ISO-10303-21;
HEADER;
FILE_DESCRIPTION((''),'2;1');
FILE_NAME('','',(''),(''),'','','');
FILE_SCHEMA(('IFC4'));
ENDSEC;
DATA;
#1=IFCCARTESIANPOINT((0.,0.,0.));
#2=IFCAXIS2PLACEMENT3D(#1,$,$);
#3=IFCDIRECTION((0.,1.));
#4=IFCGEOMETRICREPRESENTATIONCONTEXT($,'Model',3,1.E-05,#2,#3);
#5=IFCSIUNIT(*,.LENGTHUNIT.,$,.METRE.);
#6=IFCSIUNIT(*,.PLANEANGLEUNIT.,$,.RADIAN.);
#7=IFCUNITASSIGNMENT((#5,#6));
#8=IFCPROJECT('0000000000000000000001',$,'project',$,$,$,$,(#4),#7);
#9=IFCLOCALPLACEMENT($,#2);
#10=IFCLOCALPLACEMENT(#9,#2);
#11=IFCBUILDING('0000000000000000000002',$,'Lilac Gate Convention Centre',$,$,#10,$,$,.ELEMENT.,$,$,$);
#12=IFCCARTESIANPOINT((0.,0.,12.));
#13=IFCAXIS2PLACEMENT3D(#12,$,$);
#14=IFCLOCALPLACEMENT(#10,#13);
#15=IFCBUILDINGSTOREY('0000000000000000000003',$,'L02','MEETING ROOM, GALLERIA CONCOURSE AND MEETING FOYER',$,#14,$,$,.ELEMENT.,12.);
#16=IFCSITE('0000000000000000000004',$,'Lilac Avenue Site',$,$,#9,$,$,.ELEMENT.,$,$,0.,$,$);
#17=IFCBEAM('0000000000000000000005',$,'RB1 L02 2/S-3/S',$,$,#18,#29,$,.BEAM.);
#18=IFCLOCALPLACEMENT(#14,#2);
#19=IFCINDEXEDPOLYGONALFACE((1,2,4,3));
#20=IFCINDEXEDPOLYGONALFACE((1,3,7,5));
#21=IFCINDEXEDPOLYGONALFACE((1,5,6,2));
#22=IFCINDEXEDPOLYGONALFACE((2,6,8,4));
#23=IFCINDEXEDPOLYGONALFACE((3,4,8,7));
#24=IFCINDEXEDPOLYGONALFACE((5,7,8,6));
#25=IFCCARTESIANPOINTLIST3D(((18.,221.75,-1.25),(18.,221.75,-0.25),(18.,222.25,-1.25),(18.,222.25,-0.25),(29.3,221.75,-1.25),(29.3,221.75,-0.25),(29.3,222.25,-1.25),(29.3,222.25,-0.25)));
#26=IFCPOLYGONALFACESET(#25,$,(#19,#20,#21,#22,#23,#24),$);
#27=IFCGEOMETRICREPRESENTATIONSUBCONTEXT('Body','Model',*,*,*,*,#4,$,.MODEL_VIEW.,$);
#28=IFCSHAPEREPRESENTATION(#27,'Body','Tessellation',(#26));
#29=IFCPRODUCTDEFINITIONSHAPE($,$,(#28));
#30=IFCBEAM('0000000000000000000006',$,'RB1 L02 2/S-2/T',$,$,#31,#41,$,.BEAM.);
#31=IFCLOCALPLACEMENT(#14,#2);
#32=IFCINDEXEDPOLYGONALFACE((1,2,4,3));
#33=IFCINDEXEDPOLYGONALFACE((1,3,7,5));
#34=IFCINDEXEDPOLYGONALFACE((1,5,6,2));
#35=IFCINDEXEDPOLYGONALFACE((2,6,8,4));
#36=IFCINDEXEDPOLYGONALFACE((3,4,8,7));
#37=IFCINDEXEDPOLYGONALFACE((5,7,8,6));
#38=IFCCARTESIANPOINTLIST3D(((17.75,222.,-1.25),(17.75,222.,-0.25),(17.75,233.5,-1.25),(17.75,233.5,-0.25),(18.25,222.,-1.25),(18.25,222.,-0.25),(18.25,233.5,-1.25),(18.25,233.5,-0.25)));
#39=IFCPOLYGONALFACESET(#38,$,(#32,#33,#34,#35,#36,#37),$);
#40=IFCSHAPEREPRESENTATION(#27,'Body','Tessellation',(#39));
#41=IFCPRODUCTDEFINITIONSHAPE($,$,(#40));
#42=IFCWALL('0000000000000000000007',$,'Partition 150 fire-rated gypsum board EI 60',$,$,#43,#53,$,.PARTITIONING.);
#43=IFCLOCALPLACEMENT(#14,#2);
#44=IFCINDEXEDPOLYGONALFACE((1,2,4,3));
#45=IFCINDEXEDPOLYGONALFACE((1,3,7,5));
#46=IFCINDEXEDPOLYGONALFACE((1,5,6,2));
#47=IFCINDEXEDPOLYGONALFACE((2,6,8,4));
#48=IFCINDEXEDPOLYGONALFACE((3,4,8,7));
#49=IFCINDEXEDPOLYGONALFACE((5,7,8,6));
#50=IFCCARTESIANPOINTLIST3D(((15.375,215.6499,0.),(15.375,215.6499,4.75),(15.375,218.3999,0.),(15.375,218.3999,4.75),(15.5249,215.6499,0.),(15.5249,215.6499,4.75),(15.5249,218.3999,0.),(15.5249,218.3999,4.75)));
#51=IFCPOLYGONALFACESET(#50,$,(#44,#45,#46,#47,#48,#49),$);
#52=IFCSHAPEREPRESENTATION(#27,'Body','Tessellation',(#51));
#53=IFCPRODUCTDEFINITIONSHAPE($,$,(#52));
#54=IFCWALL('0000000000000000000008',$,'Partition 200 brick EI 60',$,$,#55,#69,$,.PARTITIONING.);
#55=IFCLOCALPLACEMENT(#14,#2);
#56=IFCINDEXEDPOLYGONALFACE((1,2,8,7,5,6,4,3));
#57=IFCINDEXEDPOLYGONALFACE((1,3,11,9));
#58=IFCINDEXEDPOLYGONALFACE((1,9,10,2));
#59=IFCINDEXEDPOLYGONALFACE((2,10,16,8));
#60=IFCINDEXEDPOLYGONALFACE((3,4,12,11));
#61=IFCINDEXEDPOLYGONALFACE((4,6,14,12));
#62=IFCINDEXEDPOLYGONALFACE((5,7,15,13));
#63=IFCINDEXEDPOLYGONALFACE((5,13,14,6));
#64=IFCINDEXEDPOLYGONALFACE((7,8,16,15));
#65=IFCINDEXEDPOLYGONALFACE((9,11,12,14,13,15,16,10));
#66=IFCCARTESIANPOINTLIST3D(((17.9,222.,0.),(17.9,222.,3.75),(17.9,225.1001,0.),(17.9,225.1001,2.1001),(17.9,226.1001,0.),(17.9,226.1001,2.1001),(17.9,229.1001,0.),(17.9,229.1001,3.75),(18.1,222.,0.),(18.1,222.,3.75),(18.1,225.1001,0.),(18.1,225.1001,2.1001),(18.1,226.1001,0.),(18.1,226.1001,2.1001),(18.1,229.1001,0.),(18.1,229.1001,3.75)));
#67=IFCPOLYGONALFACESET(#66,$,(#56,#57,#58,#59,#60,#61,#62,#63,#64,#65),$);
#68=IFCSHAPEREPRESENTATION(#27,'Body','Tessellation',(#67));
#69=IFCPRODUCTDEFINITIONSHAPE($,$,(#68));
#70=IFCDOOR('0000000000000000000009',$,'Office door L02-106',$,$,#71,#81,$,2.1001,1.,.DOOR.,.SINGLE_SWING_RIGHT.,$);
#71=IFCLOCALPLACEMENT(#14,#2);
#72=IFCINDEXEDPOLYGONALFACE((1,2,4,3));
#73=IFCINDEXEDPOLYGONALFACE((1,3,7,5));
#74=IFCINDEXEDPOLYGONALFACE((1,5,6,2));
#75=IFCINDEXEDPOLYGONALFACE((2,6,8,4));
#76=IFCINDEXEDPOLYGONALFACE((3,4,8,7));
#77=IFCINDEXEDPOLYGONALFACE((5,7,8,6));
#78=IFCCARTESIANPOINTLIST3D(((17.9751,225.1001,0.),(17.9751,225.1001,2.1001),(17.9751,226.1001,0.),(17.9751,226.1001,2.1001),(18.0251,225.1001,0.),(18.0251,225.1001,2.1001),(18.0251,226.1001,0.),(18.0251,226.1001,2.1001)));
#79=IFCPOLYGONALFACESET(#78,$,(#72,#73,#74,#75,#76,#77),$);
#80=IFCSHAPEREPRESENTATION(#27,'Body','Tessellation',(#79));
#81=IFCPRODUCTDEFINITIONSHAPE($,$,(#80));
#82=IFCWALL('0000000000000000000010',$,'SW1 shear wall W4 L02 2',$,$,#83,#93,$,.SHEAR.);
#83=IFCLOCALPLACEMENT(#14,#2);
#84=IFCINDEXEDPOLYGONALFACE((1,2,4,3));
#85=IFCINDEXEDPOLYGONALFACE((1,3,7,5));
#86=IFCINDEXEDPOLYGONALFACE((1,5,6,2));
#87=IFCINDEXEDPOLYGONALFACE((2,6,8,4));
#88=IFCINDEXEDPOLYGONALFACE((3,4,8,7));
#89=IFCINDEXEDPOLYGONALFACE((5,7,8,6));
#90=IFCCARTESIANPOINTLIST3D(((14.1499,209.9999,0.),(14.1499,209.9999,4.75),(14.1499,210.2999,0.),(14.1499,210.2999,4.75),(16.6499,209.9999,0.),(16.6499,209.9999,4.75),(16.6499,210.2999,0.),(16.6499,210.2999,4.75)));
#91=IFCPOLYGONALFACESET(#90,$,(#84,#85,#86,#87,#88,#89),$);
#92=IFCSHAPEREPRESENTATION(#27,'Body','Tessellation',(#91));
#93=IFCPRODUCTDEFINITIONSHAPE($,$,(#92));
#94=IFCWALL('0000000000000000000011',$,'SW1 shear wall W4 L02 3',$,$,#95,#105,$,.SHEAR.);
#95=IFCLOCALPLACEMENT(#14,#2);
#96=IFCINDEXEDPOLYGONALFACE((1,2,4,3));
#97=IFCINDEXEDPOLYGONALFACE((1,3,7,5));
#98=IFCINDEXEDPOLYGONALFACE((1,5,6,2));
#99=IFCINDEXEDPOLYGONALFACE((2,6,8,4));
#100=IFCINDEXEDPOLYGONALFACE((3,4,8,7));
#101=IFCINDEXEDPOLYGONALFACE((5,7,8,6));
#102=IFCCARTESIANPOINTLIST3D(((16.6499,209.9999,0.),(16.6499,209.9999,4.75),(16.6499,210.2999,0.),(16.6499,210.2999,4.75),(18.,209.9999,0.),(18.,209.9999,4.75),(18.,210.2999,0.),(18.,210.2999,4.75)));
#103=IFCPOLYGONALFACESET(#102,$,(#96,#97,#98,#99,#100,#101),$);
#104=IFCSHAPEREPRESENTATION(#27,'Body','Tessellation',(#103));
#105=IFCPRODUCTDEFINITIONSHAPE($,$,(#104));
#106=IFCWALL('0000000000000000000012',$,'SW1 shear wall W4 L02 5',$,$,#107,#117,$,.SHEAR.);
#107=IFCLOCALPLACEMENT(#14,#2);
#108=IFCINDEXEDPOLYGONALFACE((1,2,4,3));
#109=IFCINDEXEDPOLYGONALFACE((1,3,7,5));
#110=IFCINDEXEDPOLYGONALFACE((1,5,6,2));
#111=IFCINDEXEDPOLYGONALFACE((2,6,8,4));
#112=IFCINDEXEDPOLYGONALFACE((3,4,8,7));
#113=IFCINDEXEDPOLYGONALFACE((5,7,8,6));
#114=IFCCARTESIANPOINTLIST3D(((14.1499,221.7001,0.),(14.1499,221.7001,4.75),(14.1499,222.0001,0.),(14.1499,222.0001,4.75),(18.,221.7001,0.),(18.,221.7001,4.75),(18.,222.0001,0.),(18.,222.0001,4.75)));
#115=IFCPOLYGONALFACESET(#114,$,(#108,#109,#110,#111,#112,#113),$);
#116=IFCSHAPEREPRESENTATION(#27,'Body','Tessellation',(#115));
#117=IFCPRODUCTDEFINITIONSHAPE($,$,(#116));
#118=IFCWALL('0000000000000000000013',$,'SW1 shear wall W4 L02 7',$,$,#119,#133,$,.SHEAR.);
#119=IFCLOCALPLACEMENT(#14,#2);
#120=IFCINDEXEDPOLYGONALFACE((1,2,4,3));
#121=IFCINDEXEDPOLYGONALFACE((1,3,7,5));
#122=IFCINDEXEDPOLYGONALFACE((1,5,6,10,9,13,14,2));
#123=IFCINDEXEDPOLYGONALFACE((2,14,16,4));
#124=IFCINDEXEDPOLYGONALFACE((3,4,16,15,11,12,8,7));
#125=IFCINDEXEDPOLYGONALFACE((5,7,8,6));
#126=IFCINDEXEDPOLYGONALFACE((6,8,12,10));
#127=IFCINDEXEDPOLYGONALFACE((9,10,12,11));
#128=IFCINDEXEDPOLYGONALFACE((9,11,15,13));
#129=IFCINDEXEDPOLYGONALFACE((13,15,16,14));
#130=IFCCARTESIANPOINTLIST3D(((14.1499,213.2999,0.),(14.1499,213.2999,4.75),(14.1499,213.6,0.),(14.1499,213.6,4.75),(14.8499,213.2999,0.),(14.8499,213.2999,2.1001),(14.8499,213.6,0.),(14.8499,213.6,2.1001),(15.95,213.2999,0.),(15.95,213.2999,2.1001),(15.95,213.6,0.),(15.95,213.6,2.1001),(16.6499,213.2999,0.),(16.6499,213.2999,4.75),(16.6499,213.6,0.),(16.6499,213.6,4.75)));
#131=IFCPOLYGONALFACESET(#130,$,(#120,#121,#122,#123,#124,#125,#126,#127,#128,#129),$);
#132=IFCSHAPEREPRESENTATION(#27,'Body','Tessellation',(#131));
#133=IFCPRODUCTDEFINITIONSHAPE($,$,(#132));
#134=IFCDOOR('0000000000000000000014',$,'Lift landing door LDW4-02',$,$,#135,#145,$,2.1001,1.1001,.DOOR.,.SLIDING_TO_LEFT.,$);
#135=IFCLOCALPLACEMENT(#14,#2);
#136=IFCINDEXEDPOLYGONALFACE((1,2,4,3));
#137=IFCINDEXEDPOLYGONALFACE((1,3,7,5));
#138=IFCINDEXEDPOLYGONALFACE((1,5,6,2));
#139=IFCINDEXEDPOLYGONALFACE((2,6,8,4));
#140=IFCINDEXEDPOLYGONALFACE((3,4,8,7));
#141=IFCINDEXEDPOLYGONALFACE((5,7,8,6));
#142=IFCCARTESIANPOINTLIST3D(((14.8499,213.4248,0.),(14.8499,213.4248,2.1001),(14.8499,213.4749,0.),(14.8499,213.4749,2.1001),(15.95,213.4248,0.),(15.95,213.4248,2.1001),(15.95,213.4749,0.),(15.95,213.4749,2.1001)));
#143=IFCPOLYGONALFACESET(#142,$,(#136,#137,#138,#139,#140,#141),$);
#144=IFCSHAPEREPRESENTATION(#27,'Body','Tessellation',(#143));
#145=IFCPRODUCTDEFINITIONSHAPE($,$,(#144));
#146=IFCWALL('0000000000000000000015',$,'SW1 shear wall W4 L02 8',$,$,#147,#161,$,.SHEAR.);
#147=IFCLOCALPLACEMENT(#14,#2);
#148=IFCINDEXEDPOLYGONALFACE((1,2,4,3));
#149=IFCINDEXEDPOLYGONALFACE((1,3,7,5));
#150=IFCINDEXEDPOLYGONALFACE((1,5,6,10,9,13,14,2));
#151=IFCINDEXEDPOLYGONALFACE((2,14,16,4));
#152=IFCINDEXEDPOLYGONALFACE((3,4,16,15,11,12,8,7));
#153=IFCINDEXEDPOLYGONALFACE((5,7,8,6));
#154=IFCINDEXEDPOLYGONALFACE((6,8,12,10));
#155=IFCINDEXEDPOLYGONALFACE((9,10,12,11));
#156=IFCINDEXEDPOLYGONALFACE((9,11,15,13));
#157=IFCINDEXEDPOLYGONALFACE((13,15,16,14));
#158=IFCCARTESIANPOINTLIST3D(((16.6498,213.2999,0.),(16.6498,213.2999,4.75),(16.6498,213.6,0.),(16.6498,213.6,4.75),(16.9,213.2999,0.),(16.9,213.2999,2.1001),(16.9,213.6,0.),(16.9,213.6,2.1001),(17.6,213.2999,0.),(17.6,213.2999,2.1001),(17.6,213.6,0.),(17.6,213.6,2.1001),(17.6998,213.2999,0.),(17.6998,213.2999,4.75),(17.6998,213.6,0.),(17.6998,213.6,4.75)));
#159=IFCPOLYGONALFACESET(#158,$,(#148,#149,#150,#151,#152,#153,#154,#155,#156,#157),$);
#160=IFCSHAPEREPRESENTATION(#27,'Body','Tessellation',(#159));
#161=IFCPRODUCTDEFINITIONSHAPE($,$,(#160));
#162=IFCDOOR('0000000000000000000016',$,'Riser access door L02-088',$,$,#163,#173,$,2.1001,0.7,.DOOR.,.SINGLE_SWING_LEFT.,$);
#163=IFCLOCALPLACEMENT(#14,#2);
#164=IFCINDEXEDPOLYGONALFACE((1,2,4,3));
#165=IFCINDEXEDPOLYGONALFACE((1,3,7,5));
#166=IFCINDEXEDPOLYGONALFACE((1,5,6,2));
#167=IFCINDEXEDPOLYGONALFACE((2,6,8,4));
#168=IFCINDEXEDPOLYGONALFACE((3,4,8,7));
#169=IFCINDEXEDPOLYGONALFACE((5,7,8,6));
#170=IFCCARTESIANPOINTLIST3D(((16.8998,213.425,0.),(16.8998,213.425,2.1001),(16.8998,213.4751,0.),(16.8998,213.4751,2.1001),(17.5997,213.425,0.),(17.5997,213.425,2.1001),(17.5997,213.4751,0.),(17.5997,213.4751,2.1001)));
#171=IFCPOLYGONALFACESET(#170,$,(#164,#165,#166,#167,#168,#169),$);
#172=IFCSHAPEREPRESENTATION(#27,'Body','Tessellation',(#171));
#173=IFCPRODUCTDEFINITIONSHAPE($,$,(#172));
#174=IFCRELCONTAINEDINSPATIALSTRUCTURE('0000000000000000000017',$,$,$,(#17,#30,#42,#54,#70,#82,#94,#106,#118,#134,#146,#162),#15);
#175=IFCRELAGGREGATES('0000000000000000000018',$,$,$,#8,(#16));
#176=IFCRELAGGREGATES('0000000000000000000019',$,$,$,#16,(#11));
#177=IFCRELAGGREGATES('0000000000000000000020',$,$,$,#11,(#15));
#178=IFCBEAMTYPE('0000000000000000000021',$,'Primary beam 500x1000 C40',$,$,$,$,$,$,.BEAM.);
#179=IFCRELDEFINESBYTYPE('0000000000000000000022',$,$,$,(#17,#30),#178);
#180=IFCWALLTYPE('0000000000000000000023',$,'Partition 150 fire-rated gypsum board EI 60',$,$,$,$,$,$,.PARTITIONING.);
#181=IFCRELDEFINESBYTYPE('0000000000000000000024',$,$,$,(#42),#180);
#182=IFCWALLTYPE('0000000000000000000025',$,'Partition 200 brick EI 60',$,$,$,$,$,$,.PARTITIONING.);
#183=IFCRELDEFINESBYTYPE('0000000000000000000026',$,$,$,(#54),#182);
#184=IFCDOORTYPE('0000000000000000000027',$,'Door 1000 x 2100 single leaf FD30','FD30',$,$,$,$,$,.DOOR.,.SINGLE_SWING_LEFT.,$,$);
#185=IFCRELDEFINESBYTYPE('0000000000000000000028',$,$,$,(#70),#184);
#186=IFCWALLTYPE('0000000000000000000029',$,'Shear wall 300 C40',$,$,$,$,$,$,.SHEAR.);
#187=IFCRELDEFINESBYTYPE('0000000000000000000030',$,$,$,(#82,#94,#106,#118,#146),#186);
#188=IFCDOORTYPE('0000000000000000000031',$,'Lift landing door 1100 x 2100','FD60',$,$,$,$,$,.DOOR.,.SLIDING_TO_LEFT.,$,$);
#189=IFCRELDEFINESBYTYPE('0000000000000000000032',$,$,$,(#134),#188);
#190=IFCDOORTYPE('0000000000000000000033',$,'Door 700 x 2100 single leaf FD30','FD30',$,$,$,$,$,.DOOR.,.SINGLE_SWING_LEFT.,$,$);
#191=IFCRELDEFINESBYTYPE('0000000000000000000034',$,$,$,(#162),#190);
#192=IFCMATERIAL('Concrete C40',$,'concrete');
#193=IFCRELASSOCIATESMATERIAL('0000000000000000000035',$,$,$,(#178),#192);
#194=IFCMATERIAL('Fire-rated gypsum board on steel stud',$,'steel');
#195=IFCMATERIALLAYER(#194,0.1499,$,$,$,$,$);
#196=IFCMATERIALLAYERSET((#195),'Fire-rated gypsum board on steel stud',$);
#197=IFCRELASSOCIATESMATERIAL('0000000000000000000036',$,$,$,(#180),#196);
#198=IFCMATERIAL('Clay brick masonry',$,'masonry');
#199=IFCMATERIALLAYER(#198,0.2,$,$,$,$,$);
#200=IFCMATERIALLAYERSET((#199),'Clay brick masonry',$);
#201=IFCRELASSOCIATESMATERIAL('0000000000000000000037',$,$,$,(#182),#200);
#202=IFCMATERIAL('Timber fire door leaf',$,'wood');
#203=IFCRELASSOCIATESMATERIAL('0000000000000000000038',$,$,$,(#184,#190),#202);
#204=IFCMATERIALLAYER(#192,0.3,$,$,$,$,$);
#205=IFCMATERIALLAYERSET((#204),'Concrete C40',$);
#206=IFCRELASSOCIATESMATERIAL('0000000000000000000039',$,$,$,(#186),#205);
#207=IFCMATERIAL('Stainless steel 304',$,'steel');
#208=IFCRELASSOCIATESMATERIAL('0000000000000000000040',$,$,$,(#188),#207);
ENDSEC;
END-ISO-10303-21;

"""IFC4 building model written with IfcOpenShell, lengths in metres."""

from ifc_helpers import new_model, si_unit, direction, frame, frame_2d, origin, origin_2d, place, context, subcontext, project, spatial, rectangle, extrude, material, layer, layer_set, material_profile, profile_set, type_object, element, fill, save


model = new_model("IFC4")

# Units and contexts
model_context = context("Model", 3, precision=1e-05, world=origin(), true_north=direction((0.0, 1.0)))
body_context = subcontext(model_context, "Body", "Model", "MODEL_VIEW")
ifc_project = project(units=[si_unit("LENGTHUNIT", "METRE"), si_unit("PLANEANGLEUNIT", "RADIAN")], contexts=[model_context])

# Site, building, storey
site_placement = place(None, origin())
site = spatial("IfcSite", under=ifc_project, at=site_placement, Name="Lilac Avenue Site", CompositionType="ELEMENT", RefElevation=0.0)
building_placement = place(site_placement, origin())
building = spatial("IfcBuilding", under=site, at=building_placement, Name="Lilac Gate Convention Centre", CompositionType="ELEMENT")
storey_placement = place(building_placement, frame((0.0, 0.0, 12.0)))
storey = spatial("IfcBuildingStorey", under=building, at=storey_placement, Name="L02", Description="MEETING ROOM, GALLERIA CONCOURSE AND MEETING FOYER", CompositionType="ELEMENT", Elevation=12.0)

# Beams
ifc_material_1 = material(Name="Concrete C40", Category="concrete")
ifc_material_profile = material_profile(ifc_material_1, rectangle(XDim=0.5, YDim=1.0, at=origin_2d()), Name="RC 500x1000")
ifc_profile_set = profile_set([ifc_material_profile], Name="Concrete C40")
beam_type = type_object("IfcBeamType", Name="Primary beam 500x1000 C40", PredefinedType="BEAM", material=ifc_profile_set)
beam_1_placement = place(storey_placement, frame((18.0, 222.0, -0.75), z_axis=(1.0, 0.0, 0.0), x_axis=(0.0, 1.0, 0.0)))
element("IfcBeam", 1, at=beam_1_placement, inside=storey, type_object=beam_type, Name="RB1 L02 2/S-3/S", PredefinedType="BEAM", context=body_context, shape_type="SweptSolid", body=[
    extrude(rectangle(XDim=0.5, YDim=1.0, at=origin_2d()), origin(), (0.0, 0.0, 1.0), 11.3),
])
beam_2_placement = place(storey_placement, frame((18.0, 222.0, -0.75), z_axis=(0.0, 1.0, 0.0), x_axis=(-1.0, 0.0, 0.0)))
element("IfcBeam", 2, at=beam_2_placement, inside=storey, type_object=beam_type, Name="RB1 L02 2/S-2/T", PredefinedType="BEAM", context=body_context, shape_type="SweptSolid", body=[
    extrude(rectangle(XDim=0.5, YDim=1.0, at=origin_2d()), origin(), (0.0, 0.0, 1.0), 11.5),
])

# Wall
ifc_material_2 = material(Name="Fire-rated gypsum board on steel stud", Category="steel")
ifc_layer_1 = layer(ifc_material_2, 0.1499)
ifc_layer_set_1 = layer_set([ifc_layer_1], Name="Fire-rated gypsum board on steel stud")
wall_type_1 = type_object("IfcWallType", Name="Partition 150 fire-rated gypsum board EI 60", PredefinedType="PARTITIONING", material=ifc_layer_set_1)
wall_1_placement = place(storey_placement, frame((15.45, 215.6499, 0.0), z_axis=(0.0, 0.0, 1.0), x_axis=(0.0, 1.0, 0.0)))
element("IfcWall", 3, at=wall_1_placement, inside=storey, type_object=wall_type_1, Name="Partition 150 fire-rated gypsum board EI 60", PredefinedType="PARTITIONING", context=body_context, shape_type="SweptSolid", body=[
    extrude(rectangle(XDim=2.75, YDim=0.1499, at=frame_2d((1.375, 0.0))), origin(), (0.0, 0.0, 1.0), 4.75),
])

# Wall, opening, door
ifc_material_3 = material(Name="Clay brick masonry", Category="masonry")
ifc_layer_2 = layer(ifc_material_3, 0.2)
ifc_layer_set_2 = layer_set([ifc_layer_2], Name="Clay brick masonry")
wall_type_2 = type_object("IfcWallType", Name="Partition 200 brick EI 60", PredefinedType="PARTITIONING", material=ifc_layer_set_2)
wall_2_placement = place(storey_placement, frame((18.0, 222.0, 0.0), z_axis=(0.0, 0.0, 1.0), x_axis=(0.0, 1.0, 0.0)))
wall_2 = element("IfcWall", 4, at=wall_2_placement, inside=storey, type_object=wall_type_2, Name="Partition 200 brick EI 60", PredefinedType="PARTITIONING", context=body_context, shape_type="SweptSolid", body=[
    extrude(rectangle(XDim=7.1001, YDim=0.2, at=frame_2d((3.55, 0.0))), origin(), (0.0, 0.0, 1.0), 3.75),
])
opening_1_placement = place(wall_2_placement, frame((3.1001, 0.0, 0.0)))
opening_1 = element("IfcOpeningElement", 5, at=opening_1_placement, cuts=wall_2, PredefinedType="OPENING", context=body_context, shape_type="SweptSolid", body=[
    extrude(rectangle(XDim=1.0, YDim=2.1001, at=frame_2d((0.5, 1.05))), frame((0.0, 0.1099, 0.0), z_axis=(0.0, -1.0, 0.0), x_axis=(1.0, 0.0, 0.0)), (0.0, 0.0, 1.0), 0.22),
])
ifc_material_4 = material(Name="Timber fire door leaf", Category="wood")
door_type_1 = type_object("IfcDoorType", Name="Door 1000 x 2100 single leaf FD30", Description="FD30", OperationType="SINGLE_SWING_LEFT", PredefinedType="DOOR", material=ifc_material_4)
door_1_placement = place(opening_1_placement, origin())
door_1 = element("IfcDoor", 6, at=door_1_placement, inside=storey, type_object=door_type_1, Name="Office door L02-106", OperationType="SINGLE_SWING_RIGHT", OverallHeight=2.1001, OverallWidth=1.0, PredefinedType="DOOR", context=body_context, shape_type="SweptSolid", body=[
    extrude(rectangle(XDim=1.0, YDim=2.1001, at=frame_2d((0.5, 1.05))), frame((0.0, 0.0249, 0.0), z_axis=(0.0, -1.0, 0.0), x_axis=(1.0, 0.0, 0.0)), (0.0, 0.0, 1.0), 0.05),
])
fill(opening_1, door_1)

# Walls
ifc_layer_3 = layer(ifc_material_1, 0.3)
ifc_layer_set_3 = layer_set([ifc_layer_3], Name="Concrete C40")
wall_type_3 = type_object("IfcWallType", Name="Shear wall 300 C40", PredefinedType="SHEAR", material=ifc_layer_set_3)
wall_3_placement = place(storey_placement, frame((14.1499, 210.1499, 0.0), z_axis=(0.0, 0.0, 1.0), x_axis=(1.0, 0.0, 0.0)))
element("IfcWall", 7, at=wall_3_placement, inside=storey, type_object=wall_type_3, Name="SW1 shear wall W4 L02 2", PredefinedType="SHEAR", context=body_context, shape_type="SweptSolid", body=[
    extrude(rectangle(XDim=2.5, YDim=0.3, at=frame_2d((1.25, 0.0))), origin(), (0.0, 0.0, 1.0), 4.75),
])
wall_4_placement = place(storey_placement, frame((16.6499, 210.1499, 0.0), z_axis=(0.0, 0.0, 1.0), x_axis=(1.0, 0.0, 0.0)))
element("IfcWall", 8, at=wall_4_placement, inside=storey, type_object=wall_type_3, Name="SW1 shear wall W4 L02 3", PredefinedType="SHEAR", context=body_context, shape_type="SweptSolid", body=[
    extrude(rectangle(XDim=1.3501, YDim=0.3, at=frame_2d((0.675, 0.0))), origin(), (0.0, 0.0, 1.0), 4.75),
])
wall_5_placement = place(storey_placement, frame((14.1499, 221.8501, 0.0), z_axis=(0.0, 0.0, 1.0), x_axis=(1.0, 0.0, 0.0)))
element("IfcWall", 9, at=wall_5_placement, inside=storey, type_object=wall_type_3, Name="SW1 shear wall W4 L02 5", PredefinedType="SHEAR", context=body_context, shape_type="SweptSolid", body=[
    extrude(rectangle(XDim=3.8501, YDim=0.3, at=frame_2d((1.925, 0.0))), origin(), (0.0, 0.0, 1.0), 4.75),
])

# Walls, openings, doors
wall_6_placement = place(storey_placement, frame((14.1499, 213.45, 0.0), z_axis=(0.0, 0.0, 1.0), x_axis=(1.0, 0.0, 0.0)))
wall_6 = element("IfcWall", 10, at=wall_6_placement, inside=storey, type_object=wall_type_3, Name="SW1 shear wall W4 L02 7", PredefinedType="SHEAR", context=body_context, shape_type="SweptSolid", body=[
    extrude(rectangle(XDim=2.5, YDim=0.3, at=frame_2d((1.25, 0.0))), origin(), (0.0, 0.0, 1.0), 4.75),
])
opening_2_placement = place(wall_6_placement, frame((0.7, 0.0, 0.0)))
opening_2 = element("IfcOpeningElement", 11, at=opening_2_placement, cuts=wall_6, PredefinedType="OPENING", context=body_context, shape_type="SweptSolid", body=[
    extrude(rectangle(XDim=1.1001, YDim=2.1001, at=frame_2d((0.55, 1.05))), frame((0.0, 0.1599, 0.0), z_axis=(0.0, -1.0, 0.0), x_axis=(1.0, 0.0, 0.0)), (0.0, 0.0, 1.0), 0.3201),
])
ifc_material_5 = material(Name="Stainless steel 304", Category="steel")
door_type_2 = type_object("IfcDoorType", Name="Lift landing door 1100 x 2100", Description="FD60", OperationType="SLIDING_TO_LEFT", PredefinedType="DOOR", material=ifc_material_5)
door_2_placement = place(opening_2_placement, origin())
door_2 = element("IfcDoor", 12, at=door_2_placement, inside=storey, type_object=door_type_2, Name="Lift landing door LDW4-02", OperationType="SLIDING_TO_LEFT", OverallHeight=2.1001, OverallWidth=1.1001, PredefinedType="DOOR", context=body_context, shape_type="SweptSolid", body=[
    extrude(rectangle(XDim=1.1001, YDim=2.1001, at=frame_2d((0.55, 1.05))), frame((0.0, 0.0249, 0.0), z_axis=(0.0, -1.0, 0.0), x_axis=(1.0, 0.0, 0.0)), (0.0, 0.0, 1.0), 0.05),
])
fill(opening_2, door_2)
wall_7_placement = place(storey_placement, frame((16.6499, 213.45, 0.0), z_axis=(0.0, 0.0, 1.0), x_axis=(1.0, 0.0, 0.0)))
wall_7 = element("IfcWall", 13, at=wall_7_placement, inside=storey, type_object=wall_type_3, Name="SW1 shear wall W4 L02 8", PredefinedType="SHEAR", context=body_context, shape_type="SweptSolid", body=[
    extrude(rectangle(XDim=1.05, YDim=0.3, at=frame_2d((0.5249, 0.0))), origin(), (0.0, 0.0, 1.0), 4.75),
])
opening_3_placement = place(wall_7_placement, frame((0.25, 0.0, 0.0)))
opening_3 = element("IfcOpeningElement", 14, at=opening_3_placement, cuts=wall_7, PredefinedType="OPENING", context=body_context, shape_type="SweptSolid", body=[
    extrude(rectangle(XDim=0.7, YDim=2.1001, at=frame_2d((0.3501, 1.05))), frame((0.0, 0.1599, 0.0), z_axis=(0.0, -1.0, 0.0), x_axis=(1.0, 0.0, 0.0)), (0.0, 0.0, 1.0), 0.3201),
])
door_type_3 = type_object("IfcDoorType", Name="Door 700 x 2100 single leaf FD30", Description="FD30", OperationType="SINGLE_SWING_LEFT", PredefinedType="DOOR", material=ifc_material_4)
door_3_placement = place(opening_3_placement, frame((0.7, 0.0, 0.0), z_axis=(0.0, 0.0, 1.0), x_axis=(-1.0, 0.0, 0.0)))
door_3 = element("IfcDoor", 15, at=door_3_placement, inside=storey, type_object=door_type_3, Name="Riser access door L02-088", OperationType="SINGLE_SWING_LEFT", OverallHeight=2.1001, OverallWidth=0.7, PredefinedType="DOOR", context=body_context, shape_type="SweptSolid", body=[
    extrude(rectangle(XDim=0.7, YDim=2.1001, at=frame_2d((0.3501, 1.05))), frame((0.0, 0.0249, 0.0), z_axis=(0.0, -1.0, 0.0), x_axis=(1.0, 0.0, 0.0)), (0.0, 0.0, 1.0), 0.05),
])
fill(opening_3, door_3)

save(model, "model.ifc")
